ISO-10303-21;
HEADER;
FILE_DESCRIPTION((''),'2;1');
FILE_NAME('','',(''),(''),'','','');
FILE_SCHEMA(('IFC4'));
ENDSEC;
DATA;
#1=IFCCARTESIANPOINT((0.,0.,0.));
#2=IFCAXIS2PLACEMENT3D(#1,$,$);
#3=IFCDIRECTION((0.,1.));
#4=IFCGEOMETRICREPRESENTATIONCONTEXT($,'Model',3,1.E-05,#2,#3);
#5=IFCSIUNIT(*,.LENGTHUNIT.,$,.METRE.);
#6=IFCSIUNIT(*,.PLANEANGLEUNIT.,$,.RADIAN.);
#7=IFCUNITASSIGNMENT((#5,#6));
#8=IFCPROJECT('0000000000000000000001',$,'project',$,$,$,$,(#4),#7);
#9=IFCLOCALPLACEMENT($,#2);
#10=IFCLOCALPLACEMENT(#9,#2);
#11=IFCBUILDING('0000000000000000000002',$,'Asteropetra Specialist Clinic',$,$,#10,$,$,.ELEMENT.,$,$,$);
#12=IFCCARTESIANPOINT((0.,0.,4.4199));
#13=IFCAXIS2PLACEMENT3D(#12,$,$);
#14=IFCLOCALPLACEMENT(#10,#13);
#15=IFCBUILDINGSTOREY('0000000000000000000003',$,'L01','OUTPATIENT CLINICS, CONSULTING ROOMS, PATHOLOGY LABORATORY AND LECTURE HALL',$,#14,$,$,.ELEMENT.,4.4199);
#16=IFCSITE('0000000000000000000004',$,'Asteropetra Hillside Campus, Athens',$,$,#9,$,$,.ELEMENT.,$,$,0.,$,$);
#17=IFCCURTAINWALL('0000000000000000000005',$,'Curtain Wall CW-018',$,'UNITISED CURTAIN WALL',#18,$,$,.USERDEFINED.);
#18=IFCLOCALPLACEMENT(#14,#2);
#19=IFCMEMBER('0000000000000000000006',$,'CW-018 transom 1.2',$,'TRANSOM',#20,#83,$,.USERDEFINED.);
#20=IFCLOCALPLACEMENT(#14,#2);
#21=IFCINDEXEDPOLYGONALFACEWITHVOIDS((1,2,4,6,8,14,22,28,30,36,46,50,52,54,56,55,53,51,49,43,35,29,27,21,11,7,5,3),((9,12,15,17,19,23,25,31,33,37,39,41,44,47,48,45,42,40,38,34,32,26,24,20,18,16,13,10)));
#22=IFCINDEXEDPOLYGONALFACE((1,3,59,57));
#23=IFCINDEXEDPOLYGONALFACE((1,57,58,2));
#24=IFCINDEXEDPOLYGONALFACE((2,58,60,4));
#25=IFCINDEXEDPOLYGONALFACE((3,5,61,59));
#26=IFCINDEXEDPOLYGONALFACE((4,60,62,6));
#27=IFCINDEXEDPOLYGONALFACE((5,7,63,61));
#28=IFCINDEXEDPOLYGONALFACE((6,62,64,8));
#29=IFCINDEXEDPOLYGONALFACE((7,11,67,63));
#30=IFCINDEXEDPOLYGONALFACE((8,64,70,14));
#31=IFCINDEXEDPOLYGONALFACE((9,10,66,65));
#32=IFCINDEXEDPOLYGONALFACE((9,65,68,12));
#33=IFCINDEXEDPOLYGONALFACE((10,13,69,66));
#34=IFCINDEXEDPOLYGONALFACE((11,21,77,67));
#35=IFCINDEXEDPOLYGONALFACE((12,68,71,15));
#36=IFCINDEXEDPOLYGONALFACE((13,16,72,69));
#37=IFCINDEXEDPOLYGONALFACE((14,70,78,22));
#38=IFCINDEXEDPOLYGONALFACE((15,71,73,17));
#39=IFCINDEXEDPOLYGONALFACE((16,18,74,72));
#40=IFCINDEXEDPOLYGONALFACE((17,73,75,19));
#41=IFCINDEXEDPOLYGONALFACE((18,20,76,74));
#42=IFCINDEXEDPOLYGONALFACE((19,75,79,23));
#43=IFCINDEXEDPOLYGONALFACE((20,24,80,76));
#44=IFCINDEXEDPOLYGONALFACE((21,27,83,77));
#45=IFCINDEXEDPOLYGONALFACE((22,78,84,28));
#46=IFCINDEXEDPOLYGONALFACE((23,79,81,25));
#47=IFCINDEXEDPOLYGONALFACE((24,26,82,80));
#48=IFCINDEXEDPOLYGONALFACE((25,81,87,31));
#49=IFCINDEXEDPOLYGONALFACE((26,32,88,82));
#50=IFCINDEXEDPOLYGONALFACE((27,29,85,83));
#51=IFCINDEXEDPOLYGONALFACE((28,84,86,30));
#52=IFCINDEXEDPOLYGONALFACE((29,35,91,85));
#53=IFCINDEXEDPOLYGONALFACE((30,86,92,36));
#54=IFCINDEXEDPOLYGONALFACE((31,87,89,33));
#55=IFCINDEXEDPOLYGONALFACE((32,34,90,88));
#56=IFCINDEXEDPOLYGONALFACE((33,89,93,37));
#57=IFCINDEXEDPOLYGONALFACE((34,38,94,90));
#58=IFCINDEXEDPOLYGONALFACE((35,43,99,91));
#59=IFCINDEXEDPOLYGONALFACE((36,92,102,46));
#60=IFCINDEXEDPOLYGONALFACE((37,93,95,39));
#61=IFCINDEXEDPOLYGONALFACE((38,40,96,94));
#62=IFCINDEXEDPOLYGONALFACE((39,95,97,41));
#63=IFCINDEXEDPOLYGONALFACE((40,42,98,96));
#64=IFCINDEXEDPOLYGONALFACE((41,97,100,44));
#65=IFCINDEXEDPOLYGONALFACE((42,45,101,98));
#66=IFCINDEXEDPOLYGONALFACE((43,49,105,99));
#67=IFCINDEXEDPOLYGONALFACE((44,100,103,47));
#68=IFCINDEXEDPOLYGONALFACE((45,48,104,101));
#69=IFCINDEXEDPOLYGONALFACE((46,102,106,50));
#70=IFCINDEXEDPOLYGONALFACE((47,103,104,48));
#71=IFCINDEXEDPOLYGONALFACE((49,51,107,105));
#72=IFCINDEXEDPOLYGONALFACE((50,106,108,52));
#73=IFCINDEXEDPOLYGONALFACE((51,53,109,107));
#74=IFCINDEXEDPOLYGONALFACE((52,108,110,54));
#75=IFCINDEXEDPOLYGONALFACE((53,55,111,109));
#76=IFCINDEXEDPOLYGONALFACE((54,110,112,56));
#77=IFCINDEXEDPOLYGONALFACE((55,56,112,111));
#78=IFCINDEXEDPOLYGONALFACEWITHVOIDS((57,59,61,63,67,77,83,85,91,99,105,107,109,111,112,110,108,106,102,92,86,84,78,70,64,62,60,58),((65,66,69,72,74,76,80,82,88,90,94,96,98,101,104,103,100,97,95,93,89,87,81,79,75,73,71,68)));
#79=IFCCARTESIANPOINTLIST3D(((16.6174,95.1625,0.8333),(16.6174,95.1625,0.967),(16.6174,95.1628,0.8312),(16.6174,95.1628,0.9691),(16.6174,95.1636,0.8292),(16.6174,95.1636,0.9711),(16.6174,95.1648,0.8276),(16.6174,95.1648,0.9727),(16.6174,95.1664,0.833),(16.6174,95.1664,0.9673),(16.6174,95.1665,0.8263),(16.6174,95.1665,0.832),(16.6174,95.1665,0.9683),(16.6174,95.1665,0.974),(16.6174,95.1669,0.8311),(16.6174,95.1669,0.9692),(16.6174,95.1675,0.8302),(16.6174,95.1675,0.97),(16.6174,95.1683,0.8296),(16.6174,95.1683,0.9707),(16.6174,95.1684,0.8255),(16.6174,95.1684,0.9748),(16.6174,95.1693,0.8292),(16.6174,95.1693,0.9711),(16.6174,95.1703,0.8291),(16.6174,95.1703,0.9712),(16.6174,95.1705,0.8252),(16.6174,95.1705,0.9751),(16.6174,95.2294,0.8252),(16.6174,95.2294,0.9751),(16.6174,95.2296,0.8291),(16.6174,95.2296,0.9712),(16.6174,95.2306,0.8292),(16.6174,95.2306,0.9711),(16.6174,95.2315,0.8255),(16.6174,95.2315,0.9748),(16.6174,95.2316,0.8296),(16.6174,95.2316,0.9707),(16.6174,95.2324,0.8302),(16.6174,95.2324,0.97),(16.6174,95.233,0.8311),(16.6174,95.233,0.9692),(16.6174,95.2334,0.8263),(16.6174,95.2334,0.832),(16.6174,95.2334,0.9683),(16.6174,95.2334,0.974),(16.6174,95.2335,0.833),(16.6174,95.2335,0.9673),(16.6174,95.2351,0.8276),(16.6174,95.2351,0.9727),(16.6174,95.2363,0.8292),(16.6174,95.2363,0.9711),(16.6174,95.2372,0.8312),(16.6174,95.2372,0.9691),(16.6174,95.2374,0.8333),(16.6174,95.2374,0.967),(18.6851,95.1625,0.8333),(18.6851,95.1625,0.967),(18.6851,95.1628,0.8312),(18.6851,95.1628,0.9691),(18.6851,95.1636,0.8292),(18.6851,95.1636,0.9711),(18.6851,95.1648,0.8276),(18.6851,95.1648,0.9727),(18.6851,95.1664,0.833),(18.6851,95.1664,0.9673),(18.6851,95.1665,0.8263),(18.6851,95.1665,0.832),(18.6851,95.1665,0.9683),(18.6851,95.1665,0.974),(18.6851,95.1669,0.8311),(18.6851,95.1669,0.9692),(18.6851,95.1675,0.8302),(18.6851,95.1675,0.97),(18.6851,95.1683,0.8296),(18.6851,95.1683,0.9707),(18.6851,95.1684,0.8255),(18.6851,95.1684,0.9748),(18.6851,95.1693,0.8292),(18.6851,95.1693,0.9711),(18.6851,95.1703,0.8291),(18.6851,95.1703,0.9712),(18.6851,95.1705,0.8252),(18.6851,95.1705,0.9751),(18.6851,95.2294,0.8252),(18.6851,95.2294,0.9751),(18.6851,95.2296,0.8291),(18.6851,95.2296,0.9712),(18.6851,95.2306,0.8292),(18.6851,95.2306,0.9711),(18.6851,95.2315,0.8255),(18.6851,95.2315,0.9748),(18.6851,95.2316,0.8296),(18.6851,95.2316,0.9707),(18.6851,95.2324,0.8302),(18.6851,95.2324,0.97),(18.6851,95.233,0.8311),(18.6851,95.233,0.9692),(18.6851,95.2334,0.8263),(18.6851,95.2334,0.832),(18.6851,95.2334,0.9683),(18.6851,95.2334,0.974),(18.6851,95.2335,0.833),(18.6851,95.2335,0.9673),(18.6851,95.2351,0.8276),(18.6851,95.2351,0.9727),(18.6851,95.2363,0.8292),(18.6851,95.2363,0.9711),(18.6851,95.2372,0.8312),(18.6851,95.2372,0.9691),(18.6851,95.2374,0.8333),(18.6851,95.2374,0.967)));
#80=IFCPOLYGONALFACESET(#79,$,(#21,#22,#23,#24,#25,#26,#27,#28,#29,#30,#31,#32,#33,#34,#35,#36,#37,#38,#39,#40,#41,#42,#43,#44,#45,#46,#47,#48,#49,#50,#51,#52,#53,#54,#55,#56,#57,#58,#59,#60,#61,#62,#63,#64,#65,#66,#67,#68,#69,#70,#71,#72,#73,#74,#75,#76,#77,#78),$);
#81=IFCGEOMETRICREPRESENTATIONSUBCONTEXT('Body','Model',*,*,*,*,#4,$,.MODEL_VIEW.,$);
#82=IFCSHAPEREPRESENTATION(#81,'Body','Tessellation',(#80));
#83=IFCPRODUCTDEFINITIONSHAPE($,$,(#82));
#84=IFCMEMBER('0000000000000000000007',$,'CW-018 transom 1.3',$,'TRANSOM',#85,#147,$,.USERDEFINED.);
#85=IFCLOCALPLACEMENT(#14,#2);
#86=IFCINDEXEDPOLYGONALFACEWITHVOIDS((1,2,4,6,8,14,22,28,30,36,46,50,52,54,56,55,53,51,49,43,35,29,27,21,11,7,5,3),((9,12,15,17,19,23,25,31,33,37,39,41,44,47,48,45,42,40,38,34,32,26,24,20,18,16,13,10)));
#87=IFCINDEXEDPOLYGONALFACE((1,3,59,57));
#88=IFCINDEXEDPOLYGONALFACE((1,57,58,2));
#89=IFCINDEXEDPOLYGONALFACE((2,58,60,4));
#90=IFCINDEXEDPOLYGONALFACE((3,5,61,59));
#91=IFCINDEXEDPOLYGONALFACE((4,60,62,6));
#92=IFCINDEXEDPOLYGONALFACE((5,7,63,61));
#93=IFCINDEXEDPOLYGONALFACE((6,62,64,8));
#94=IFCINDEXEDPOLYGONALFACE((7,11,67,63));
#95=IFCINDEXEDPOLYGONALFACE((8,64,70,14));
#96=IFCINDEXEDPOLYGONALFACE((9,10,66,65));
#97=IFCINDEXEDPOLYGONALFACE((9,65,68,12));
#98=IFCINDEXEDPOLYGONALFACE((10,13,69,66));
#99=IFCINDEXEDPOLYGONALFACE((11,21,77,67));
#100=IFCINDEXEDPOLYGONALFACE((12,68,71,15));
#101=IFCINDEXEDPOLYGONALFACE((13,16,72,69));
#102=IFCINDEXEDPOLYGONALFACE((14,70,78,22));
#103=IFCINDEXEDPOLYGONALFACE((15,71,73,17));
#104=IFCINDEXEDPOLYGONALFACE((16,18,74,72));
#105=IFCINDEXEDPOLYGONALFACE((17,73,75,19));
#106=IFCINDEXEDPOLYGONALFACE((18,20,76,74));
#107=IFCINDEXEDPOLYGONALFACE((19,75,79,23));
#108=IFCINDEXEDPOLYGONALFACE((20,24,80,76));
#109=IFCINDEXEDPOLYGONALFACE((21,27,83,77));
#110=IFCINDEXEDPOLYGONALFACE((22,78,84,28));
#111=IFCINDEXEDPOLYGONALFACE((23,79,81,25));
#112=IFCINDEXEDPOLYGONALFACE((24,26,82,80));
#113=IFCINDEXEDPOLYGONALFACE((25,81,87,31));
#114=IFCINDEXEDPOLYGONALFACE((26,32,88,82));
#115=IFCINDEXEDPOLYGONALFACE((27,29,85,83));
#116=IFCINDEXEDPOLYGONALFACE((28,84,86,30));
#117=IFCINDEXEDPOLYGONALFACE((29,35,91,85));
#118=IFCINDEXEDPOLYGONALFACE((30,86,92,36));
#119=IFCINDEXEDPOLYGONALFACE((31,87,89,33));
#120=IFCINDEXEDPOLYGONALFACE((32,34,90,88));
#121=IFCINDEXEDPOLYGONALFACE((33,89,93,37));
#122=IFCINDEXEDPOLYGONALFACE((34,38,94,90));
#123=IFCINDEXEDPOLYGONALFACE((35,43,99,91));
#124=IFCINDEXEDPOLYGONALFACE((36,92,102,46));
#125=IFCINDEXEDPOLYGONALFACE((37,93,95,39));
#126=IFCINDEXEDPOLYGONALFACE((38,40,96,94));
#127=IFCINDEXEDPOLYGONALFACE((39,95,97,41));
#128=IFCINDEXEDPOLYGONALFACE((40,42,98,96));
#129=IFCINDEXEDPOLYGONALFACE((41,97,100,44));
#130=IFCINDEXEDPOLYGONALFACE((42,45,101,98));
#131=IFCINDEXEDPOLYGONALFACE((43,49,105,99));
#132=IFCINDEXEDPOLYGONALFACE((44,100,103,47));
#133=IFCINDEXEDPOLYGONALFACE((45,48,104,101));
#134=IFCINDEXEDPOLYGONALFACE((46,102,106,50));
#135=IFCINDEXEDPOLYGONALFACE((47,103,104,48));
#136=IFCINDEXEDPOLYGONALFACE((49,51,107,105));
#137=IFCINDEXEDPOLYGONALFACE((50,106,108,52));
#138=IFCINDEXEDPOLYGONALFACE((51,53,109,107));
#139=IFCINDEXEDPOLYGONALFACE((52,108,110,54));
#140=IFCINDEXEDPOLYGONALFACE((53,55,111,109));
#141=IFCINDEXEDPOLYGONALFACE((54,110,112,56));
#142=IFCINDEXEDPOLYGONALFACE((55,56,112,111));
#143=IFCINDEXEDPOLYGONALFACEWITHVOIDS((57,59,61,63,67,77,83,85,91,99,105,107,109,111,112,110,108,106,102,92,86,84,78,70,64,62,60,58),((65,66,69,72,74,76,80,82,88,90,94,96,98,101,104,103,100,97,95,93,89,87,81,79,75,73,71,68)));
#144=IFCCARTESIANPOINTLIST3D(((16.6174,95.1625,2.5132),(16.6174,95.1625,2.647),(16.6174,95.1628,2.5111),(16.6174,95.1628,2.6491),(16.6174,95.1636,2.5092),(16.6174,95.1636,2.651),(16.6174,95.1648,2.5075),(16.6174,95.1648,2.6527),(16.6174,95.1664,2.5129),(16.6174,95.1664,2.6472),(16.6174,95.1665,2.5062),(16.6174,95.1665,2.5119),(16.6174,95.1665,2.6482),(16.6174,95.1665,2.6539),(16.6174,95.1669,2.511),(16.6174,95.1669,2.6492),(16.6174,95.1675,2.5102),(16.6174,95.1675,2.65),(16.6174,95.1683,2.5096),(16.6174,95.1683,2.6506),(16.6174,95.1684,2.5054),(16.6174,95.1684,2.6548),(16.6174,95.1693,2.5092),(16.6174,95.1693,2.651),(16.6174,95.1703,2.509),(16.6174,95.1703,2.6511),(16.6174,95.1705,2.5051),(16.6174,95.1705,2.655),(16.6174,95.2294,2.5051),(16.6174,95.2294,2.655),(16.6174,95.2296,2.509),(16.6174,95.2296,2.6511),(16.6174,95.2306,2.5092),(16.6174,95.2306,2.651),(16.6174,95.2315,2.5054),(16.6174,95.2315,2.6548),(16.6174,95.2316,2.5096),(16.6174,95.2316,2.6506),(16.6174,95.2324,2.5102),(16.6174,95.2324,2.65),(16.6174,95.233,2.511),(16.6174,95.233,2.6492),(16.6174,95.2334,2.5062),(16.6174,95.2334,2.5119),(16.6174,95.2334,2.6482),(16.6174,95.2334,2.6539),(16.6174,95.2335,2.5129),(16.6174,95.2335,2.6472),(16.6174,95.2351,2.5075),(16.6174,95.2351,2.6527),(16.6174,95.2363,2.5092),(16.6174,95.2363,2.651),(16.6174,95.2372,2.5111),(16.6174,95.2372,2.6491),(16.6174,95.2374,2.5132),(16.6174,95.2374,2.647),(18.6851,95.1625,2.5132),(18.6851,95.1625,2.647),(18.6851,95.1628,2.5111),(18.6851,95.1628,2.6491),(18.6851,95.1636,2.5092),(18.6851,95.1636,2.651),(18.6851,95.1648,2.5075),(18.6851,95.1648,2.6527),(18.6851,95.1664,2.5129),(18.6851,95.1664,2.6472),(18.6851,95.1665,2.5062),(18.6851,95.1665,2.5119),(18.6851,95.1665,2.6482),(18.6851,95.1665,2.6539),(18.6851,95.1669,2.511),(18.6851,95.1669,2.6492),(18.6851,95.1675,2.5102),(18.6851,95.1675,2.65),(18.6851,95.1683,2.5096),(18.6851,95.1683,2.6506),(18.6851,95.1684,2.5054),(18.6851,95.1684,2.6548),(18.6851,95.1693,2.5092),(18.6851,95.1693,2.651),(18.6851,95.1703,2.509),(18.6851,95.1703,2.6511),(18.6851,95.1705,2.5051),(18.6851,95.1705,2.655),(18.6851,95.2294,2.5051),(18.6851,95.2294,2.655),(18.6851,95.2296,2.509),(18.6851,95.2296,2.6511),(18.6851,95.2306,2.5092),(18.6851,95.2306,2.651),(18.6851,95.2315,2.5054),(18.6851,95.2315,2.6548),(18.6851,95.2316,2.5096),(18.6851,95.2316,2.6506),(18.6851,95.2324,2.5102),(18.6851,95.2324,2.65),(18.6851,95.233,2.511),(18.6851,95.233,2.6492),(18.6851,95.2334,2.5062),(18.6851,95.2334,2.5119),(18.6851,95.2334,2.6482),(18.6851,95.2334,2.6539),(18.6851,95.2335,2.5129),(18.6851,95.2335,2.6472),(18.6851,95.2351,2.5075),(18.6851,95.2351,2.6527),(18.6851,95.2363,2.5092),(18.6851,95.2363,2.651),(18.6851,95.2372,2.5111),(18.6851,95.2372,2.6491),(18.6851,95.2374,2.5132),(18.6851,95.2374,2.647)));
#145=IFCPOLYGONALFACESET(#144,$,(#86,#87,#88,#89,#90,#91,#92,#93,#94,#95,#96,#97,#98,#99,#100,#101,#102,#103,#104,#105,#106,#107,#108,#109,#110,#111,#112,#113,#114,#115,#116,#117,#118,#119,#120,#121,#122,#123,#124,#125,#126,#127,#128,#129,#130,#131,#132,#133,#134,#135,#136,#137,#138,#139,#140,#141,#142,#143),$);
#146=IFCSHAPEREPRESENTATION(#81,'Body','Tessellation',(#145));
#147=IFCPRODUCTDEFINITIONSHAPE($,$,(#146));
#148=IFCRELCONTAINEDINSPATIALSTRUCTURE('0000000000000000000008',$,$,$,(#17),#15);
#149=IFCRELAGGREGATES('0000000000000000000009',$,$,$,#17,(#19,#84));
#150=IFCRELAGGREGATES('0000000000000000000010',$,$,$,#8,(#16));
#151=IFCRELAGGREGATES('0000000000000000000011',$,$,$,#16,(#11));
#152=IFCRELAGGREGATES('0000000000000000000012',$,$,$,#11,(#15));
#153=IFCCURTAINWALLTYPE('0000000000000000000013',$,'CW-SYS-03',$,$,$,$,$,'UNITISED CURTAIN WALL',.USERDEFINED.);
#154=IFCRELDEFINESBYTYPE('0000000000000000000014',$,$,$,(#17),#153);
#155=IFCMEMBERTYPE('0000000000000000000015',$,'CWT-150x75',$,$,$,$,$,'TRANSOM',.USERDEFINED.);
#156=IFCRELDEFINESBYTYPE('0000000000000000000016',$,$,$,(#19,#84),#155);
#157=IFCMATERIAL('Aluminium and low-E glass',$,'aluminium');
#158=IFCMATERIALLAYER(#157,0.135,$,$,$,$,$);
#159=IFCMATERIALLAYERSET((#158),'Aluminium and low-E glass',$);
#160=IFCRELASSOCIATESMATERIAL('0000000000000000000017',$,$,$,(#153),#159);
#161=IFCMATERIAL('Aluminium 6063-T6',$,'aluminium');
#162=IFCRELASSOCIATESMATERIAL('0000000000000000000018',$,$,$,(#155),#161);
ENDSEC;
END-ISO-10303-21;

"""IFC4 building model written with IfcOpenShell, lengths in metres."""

from ifc_helpers import new_model, si_unit, direction, frame, origin, origin_2d, place, context, subcontext, project, spatial, hollow_rectangle, extrude, material, layer, layer_set, material_profile, profile_set, type_object, element, aggregate, save


model = new_model("IFC4")

# Units and contexts
model_context = context("Model", 3, precision=1e-05, world=origin(), true_north=direction((0.0, 1.0)))
body_context = subcontext(model_context, "Body", "Model", "MODEL_VIEW")
ifc_project = project(units=[si_unit("LENGTHUNIT", "METRE"), si_unit("PLANEANGLEUNIT", "RADIAN")], contexts=[model_context])

# Site, building, storey
site_placement = place(None, origin())
site = spatial("IfcSite", under=ifc_project, at=site_placement, Name="Asteropetra Hillside Campus, Athens", CompositionType="ELEMENT", RefElevation=0.0)
building_placement = place(site_placement, origin())
building = spatial("IfcBuilding", under=site, at=building_placement, Name="Asteropetra Specialist Clinic", CompositionType="ELEMENT")
storey_placement = place(building_placement, frame((0.0, 0.0, 4.4199)))
storey = spatial("IfcBuildingStorey", under=building, at=storey_placement, Name="L01", Description="OUTPATIENT CLINICS, CONSULTING ROOMS, PATHOLOGY LABORATORY AND LECTURE HALL", CompositionType="ELEMENT", Elevation=4.4199)

# Curtain wall, members
ifc_material_1 = material(Name="Aluminium and low-E glass", Category="aluminium")
ifc_layer_1 = layer(ifc_material_1, 0.135)
ifc_layer_set_1 = layer_set([ifc_layer_1], Name="Aluminium and low-E glass")
curtain_wall_type_1 = type_object("IfcCurtainWallType", Name="CW-SYS-03", ElementType="UNITISED CURTAIN WALL", PredefinedType="USERDEFINED", material=ifc_layer_set_1)
curtain_wall_1_placement = place(storey_placement, origin())
curtain_wall_1 = element("IfcCurtainWall", 1, at=curtain_wall_1_placement, inside=storey, type_object=curtain_wall_type_1, Name="Curtain Wall CW-018", ObjectType="UNITISED CURTAIN WALL", PredefinedType="USERDEFINED")
ifc_material_2 = material(Name="Aluminium 6063-T6", Category="aluminium")
ifc_material_profile_1 = material_profile(ifc_material_2, hollow_rectangle(XDim=0.075, YDim=0.1499, WallThickness=0.0039, InnerFilletRadius=0.0039, OuterFilletRadius=0.0081, at=origin_2d()), Name="TRN 150x75x4.0")
ifc_profile_set_1 = profile_set([ifc_material_profile_1], Name="Aluminium 6063-T6")
member_type_1 = type_object("IfcMemberType", Name="CWT-150x75", ElementType="TRANSOM", PredefinedType="USERDEFINED", material=ifc_profile_set_1)
member_1_placement = place(storey_placement, frame((18.6851, 95.2, 0.9001), z_axis=(-1.0, 0.0, 0.0), x_axis=(0.0, -1.0, 0.0)))
member_1 = element("IfcMember", 2, at=member_1_placement, type_object=member_type_1, Name="CW-018 transom 1.2", ObjectType="TRANSOM", PredefinedType="USERDEFINED", context=body_context, shape_type="SweptSolid", body=[
    extrude(hollow_rectangle(XDim=0.075, YDim=0.1499, WallThickness=0.0039, InnerFilletRadius=0.0039, OuterFilletRadius=0.0081, at=origin_2d()), origin(), (0.0, 0.0, 1.0), 2.0676),
])
member_2_placement = place(storey_placement, frame((18.6851, 95.2, 2.5801), z_axis=(-1.0, 0.0, 0.0), x_axis=(0.0, -1.0, 0.0)))
member_2 = element("IfcMember", 3, at=member_2_placement, type_object=member_type_1, Name="CW-018 transom 1.3", ObjectType="TRANSOM", PredefinedType="USERDEFINED", context=body_context, shape_type="SweptSolid", body=[
    extrude(hollow_rectangle(XDim=0.075, YDim=0.1499, WallThickness=0.0039, InnerFilletRadius=0.0039, OuterFilletRadius=0.0081, at=origin_2d()), origin(), (0.0, 0.0, 1.0), 2.0676),
])

aggregate(curtain_wall_1, [member_1, member_2])

save(model, "model.ifc")
